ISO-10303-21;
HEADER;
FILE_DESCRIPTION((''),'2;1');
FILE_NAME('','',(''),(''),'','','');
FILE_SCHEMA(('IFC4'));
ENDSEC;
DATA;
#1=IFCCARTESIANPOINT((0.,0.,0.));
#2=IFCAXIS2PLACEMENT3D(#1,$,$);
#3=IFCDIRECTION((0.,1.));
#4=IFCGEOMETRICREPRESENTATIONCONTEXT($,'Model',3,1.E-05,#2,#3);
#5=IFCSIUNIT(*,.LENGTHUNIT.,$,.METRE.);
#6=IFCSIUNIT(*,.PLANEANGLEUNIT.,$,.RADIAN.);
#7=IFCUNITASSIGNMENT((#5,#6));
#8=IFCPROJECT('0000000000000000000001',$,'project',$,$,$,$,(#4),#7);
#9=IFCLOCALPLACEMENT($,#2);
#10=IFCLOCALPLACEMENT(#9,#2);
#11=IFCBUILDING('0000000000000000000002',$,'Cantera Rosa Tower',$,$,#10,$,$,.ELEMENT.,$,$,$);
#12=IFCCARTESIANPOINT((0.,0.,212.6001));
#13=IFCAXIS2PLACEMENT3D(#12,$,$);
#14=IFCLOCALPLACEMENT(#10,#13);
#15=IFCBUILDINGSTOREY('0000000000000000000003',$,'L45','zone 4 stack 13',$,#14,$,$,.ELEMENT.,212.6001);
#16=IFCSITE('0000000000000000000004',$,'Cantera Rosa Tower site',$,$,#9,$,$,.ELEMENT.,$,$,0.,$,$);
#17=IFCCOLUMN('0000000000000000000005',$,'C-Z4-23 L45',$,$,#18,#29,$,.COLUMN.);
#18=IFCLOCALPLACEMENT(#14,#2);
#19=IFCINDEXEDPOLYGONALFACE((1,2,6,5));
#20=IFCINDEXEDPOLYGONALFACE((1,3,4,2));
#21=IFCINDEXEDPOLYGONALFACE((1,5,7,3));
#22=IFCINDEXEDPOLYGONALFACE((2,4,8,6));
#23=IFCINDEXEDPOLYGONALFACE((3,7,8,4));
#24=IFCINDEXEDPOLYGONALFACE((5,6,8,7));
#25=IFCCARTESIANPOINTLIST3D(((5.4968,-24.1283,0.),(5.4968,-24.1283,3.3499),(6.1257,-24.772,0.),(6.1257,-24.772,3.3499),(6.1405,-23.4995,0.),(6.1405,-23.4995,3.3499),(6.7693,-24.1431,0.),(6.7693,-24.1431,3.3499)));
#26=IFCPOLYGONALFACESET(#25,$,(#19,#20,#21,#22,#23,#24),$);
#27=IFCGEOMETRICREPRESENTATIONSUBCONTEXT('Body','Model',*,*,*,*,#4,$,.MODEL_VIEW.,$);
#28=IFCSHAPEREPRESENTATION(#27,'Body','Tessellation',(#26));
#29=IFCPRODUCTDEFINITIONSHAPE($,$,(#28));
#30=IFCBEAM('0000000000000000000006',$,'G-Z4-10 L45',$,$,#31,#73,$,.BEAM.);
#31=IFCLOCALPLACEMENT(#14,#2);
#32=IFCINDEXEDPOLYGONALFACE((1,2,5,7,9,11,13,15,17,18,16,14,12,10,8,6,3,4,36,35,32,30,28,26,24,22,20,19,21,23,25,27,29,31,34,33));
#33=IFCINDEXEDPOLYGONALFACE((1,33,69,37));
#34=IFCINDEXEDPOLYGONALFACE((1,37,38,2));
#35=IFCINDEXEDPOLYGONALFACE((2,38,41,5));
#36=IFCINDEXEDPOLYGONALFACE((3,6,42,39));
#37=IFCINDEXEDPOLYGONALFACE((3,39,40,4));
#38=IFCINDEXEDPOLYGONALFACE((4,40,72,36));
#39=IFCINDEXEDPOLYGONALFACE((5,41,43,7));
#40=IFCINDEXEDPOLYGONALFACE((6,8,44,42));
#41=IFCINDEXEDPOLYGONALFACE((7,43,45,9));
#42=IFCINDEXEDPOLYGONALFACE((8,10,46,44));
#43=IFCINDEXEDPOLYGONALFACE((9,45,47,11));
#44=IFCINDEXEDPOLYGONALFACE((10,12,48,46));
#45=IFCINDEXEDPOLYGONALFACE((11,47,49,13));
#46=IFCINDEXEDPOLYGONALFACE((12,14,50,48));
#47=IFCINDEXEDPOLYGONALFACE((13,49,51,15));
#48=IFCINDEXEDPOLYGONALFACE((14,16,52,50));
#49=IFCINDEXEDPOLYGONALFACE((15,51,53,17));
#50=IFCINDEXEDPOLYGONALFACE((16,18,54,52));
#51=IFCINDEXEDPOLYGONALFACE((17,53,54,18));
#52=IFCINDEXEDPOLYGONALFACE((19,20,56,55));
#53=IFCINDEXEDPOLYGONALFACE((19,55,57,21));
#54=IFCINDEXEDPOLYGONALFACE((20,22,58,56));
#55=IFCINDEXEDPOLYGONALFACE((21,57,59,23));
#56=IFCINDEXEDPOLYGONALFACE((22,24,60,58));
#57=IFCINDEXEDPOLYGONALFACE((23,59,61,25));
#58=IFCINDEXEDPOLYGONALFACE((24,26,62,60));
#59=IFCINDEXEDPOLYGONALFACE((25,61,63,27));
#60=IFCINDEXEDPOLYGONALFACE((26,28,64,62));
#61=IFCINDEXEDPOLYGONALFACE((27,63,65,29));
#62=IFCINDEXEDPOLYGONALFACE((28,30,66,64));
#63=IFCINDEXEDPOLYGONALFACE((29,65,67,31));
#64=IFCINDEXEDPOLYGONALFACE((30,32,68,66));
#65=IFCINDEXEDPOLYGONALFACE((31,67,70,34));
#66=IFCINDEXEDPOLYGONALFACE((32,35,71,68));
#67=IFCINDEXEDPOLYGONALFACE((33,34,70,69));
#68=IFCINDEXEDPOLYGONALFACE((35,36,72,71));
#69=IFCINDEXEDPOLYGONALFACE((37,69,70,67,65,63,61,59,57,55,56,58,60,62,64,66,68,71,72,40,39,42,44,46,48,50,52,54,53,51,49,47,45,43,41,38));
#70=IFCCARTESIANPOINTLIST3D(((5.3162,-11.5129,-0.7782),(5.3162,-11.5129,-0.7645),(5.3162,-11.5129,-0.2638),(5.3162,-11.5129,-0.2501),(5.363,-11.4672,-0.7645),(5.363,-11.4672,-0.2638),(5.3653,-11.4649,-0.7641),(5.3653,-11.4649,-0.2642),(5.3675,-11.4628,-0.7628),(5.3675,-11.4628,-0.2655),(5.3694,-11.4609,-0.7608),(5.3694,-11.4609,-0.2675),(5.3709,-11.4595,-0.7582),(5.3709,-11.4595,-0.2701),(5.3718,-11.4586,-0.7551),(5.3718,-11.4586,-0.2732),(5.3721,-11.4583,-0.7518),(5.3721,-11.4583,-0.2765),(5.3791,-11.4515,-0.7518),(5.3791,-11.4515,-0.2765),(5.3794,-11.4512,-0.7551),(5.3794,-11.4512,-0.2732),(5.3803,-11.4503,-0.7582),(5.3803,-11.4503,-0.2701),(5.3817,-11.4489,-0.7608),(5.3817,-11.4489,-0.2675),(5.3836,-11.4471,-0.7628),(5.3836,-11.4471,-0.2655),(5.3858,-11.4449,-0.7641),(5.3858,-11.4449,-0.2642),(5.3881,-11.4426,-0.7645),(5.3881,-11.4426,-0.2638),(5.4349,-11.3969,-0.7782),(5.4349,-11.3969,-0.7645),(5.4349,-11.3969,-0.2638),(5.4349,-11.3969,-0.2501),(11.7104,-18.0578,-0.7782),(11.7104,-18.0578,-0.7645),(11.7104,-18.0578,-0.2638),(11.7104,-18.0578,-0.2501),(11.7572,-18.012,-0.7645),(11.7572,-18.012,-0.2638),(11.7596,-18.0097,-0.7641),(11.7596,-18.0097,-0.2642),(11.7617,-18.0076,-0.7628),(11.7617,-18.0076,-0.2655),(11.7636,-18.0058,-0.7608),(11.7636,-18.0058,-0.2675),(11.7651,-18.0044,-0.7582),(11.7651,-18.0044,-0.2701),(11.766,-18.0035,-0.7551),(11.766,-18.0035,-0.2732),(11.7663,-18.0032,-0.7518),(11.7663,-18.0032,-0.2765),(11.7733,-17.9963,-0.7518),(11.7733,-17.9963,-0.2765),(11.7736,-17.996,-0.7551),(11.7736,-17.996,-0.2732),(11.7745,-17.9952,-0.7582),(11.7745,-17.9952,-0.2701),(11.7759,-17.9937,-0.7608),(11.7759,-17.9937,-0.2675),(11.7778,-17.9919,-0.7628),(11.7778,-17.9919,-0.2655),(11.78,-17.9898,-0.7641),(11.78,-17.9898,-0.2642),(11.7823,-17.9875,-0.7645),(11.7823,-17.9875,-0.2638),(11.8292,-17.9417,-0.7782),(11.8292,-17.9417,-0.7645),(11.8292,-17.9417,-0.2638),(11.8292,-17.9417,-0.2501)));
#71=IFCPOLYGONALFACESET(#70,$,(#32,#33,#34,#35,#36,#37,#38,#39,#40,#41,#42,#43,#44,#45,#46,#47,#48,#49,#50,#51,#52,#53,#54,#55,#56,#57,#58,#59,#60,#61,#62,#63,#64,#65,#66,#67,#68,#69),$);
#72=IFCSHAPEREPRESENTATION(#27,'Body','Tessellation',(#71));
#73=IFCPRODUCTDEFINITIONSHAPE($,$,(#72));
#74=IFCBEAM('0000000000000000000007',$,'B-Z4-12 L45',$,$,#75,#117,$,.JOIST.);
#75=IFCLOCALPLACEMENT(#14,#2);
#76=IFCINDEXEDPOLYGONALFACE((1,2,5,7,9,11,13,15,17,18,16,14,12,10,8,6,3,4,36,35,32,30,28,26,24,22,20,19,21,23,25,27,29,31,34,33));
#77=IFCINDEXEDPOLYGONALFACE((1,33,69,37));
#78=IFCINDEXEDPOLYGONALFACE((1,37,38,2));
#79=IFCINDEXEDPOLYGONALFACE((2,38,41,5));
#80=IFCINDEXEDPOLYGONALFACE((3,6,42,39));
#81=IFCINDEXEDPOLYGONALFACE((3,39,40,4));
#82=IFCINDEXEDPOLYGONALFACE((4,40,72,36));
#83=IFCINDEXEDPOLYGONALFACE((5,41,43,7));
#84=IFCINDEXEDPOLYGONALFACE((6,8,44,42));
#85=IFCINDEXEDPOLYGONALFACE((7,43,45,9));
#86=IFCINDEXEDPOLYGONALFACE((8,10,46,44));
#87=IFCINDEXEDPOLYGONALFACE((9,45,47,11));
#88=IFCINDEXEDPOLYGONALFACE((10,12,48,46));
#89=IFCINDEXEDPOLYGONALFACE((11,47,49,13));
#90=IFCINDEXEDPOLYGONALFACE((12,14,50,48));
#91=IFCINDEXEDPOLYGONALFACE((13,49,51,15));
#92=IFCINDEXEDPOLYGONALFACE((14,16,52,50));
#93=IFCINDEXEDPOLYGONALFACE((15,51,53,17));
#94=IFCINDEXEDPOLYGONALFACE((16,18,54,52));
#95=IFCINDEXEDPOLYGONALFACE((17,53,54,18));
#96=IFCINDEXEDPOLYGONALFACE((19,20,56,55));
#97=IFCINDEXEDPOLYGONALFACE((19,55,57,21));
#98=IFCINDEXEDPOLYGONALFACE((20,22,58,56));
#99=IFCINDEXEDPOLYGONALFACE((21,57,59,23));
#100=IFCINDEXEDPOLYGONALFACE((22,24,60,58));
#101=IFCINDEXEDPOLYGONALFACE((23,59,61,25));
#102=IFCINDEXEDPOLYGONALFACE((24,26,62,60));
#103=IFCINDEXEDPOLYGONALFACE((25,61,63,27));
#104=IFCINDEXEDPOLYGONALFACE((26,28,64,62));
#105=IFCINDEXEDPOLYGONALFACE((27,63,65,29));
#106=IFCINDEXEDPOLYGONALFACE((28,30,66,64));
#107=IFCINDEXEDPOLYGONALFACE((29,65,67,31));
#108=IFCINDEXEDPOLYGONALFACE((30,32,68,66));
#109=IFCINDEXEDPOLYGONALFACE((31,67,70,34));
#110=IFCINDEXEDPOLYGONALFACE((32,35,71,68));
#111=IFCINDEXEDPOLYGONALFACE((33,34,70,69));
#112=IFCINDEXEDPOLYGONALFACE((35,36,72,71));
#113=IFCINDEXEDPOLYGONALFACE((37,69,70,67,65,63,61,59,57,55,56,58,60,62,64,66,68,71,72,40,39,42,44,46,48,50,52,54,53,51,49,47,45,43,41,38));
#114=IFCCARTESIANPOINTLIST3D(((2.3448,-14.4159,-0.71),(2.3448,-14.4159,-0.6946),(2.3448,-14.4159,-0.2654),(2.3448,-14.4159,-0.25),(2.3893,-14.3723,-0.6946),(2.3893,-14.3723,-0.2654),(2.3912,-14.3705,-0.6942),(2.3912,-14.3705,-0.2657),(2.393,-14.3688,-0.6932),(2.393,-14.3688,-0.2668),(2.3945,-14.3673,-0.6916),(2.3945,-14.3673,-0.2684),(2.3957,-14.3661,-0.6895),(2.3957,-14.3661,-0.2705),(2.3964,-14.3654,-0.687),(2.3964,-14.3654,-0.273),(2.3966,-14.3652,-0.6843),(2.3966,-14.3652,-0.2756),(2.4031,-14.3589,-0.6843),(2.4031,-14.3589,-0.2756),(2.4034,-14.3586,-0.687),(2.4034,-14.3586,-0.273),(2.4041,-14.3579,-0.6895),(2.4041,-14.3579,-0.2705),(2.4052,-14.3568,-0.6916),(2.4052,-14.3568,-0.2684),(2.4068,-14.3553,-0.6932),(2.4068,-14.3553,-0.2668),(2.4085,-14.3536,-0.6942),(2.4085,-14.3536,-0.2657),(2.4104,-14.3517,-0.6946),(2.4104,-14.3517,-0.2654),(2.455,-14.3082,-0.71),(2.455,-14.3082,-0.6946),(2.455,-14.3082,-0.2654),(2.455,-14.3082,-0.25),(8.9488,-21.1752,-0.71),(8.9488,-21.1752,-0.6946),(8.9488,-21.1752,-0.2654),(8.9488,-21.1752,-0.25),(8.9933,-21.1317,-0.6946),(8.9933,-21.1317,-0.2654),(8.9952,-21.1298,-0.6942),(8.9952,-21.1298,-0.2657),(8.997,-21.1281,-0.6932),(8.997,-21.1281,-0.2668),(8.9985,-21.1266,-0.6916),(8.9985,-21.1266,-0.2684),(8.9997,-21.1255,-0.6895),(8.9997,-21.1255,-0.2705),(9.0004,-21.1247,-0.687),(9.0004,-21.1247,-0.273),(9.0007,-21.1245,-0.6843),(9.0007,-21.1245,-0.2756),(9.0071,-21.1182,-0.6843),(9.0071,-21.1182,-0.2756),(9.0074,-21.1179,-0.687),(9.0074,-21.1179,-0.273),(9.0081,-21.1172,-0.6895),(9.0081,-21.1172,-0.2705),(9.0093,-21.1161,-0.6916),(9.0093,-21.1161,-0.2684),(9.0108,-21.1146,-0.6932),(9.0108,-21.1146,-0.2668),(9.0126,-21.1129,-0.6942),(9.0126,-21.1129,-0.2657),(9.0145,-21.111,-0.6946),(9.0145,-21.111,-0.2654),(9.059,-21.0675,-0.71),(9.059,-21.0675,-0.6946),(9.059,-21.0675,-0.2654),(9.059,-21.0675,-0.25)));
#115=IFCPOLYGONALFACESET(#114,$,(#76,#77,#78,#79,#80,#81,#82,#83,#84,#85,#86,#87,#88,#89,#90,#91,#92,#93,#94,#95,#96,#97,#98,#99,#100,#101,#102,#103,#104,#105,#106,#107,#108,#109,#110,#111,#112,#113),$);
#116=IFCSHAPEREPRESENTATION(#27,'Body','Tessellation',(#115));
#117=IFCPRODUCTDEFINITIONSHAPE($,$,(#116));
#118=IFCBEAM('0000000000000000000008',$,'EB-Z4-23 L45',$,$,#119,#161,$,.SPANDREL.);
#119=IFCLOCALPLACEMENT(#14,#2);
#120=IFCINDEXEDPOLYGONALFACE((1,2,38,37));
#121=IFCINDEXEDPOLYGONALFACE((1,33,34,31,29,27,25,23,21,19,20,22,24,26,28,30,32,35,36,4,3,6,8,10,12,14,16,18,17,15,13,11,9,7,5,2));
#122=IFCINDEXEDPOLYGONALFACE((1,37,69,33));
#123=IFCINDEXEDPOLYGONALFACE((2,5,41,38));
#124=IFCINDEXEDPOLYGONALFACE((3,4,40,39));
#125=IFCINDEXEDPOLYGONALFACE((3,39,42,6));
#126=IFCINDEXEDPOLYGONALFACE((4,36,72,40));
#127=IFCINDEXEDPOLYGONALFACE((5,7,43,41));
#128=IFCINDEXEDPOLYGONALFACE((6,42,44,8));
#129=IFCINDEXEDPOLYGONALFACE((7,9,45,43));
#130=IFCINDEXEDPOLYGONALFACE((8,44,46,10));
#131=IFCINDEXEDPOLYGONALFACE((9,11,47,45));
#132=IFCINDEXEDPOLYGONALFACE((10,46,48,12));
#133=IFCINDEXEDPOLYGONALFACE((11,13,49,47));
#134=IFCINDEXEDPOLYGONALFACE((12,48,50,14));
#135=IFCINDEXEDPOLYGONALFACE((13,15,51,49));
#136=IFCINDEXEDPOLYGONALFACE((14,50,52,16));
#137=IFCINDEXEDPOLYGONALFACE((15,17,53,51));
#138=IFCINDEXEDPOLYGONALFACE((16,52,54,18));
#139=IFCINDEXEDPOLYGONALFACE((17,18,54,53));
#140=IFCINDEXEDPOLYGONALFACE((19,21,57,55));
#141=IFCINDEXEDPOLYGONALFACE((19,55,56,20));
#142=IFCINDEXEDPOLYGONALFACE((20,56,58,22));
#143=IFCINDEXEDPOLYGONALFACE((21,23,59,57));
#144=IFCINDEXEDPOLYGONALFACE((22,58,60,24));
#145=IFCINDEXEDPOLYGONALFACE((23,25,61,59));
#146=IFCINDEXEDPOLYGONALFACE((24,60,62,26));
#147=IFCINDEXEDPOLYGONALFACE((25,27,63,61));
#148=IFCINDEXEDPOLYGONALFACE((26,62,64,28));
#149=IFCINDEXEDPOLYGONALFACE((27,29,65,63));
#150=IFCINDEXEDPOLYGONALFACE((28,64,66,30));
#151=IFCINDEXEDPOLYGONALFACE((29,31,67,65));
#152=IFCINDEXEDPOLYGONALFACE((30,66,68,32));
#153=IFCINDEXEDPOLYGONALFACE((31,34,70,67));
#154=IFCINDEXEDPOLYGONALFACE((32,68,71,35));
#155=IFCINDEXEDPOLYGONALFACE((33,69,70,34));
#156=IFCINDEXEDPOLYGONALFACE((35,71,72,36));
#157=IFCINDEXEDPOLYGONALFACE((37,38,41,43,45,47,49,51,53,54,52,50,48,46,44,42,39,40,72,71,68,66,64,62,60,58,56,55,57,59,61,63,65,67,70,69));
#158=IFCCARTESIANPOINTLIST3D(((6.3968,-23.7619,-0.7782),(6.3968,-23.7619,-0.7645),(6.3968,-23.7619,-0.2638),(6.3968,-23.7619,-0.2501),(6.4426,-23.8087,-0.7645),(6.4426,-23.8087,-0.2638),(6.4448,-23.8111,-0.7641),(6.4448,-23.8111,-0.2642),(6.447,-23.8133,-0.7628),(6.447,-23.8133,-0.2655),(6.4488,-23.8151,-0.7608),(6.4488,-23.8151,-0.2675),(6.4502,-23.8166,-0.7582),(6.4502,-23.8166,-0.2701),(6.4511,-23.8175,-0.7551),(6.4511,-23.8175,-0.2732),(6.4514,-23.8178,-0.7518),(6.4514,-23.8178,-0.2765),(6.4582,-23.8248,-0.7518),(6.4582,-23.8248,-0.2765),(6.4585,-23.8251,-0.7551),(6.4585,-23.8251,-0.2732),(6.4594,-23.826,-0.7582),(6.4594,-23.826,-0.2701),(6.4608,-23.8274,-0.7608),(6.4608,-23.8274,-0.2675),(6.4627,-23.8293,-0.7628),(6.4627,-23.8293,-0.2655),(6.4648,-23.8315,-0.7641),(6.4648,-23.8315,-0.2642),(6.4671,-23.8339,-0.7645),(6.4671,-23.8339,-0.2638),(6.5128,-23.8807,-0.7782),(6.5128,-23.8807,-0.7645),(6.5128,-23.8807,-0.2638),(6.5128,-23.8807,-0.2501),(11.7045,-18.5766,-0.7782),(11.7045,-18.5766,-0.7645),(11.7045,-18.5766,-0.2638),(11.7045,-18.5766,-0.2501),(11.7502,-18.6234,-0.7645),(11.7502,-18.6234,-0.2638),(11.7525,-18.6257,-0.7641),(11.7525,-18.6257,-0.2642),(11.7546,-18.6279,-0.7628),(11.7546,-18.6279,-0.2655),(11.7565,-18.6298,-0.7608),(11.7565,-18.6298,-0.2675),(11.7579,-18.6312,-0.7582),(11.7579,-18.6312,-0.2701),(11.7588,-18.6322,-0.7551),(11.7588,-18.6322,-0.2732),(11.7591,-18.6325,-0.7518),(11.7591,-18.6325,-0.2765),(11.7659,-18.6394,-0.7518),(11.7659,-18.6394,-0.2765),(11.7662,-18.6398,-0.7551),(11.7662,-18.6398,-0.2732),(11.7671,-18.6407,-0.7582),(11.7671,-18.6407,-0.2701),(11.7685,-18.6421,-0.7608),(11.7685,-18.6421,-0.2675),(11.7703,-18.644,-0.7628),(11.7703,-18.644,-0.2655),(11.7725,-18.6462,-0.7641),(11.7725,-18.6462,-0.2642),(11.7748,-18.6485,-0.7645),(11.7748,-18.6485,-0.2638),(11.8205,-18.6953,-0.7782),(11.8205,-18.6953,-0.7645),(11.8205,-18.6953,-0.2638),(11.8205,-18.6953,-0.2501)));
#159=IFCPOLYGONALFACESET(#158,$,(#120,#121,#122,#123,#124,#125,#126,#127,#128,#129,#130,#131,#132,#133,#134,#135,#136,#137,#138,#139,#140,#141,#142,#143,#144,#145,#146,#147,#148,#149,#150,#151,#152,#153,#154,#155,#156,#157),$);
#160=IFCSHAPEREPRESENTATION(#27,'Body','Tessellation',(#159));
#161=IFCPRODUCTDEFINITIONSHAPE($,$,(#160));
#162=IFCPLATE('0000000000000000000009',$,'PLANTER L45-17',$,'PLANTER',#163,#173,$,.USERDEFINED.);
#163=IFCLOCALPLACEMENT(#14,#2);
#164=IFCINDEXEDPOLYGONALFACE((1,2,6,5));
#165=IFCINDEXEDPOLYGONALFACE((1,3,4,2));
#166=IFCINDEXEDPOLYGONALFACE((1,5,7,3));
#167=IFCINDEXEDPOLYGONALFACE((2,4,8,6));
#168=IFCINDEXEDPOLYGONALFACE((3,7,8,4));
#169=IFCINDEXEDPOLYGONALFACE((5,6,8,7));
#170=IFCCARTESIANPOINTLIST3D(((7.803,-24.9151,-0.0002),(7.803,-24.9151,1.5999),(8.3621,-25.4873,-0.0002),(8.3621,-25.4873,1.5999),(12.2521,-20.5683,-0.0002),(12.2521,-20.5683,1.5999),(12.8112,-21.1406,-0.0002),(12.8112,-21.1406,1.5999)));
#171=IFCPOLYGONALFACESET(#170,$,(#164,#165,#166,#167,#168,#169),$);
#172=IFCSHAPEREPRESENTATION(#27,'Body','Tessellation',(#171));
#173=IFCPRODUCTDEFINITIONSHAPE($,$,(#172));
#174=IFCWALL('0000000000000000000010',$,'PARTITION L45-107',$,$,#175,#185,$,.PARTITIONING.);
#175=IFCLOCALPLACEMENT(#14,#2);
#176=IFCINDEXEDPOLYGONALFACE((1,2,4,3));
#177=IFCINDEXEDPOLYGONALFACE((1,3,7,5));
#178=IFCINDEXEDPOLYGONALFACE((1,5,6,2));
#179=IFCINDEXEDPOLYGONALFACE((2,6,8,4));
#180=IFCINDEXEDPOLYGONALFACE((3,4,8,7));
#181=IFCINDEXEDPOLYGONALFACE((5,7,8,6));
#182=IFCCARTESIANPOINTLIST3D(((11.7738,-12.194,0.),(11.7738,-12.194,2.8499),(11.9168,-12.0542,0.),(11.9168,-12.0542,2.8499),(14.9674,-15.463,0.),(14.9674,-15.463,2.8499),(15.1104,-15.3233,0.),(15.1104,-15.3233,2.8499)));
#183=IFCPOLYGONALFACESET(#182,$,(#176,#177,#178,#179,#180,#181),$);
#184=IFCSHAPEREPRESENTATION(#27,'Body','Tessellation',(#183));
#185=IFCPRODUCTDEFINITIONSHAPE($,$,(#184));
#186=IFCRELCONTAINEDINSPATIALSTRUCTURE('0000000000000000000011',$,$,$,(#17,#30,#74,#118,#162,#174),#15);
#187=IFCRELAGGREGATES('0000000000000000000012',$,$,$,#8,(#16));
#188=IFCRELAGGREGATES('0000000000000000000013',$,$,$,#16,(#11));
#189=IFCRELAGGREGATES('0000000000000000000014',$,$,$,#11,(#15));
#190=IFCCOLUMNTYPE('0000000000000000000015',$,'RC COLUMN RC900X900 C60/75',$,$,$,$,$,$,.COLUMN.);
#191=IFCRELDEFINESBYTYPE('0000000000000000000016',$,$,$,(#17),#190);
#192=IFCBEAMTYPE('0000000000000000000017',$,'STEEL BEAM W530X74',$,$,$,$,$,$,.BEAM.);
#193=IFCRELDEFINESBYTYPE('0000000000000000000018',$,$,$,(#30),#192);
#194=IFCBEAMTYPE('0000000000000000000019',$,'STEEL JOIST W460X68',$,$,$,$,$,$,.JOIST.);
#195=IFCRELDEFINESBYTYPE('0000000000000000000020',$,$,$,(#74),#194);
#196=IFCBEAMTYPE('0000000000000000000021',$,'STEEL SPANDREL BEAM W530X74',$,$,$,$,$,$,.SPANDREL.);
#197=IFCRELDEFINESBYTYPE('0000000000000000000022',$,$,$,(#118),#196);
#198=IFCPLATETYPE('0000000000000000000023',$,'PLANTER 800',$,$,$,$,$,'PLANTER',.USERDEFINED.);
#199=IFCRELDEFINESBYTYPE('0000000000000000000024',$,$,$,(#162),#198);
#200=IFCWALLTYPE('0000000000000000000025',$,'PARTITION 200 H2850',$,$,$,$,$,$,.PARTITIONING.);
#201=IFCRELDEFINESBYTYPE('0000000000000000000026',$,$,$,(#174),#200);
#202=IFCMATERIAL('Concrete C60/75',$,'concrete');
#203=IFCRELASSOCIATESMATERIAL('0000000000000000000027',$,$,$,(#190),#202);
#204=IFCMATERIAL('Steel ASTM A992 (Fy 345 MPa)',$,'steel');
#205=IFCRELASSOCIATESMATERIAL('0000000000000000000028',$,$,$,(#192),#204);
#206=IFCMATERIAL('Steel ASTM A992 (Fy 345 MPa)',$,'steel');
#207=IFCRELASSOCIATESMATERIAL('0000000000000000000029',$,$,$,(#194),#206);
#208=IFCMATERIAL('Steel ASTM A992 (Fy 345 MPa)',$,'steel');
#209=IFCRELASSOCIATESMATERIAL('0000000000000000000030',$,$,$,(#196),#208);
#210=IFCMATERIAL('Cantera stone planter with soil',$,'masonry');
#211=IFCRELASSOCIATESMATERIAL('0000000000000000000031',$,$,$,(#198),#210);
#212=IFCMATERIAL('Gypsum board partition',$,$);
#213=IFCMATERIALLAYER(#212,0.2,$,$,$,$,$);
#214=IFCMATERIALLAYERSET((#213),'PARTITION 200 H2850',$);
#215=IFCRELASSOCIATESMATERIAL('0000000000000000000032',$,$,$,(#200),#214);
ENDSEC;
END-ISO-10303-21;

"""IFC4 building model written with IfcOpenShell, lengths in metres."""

from ifc_helpers import new_model, si_unit, direction, frame, frame_2d, origin, origin_2d, place, context, subcontext, project, spatial, rectangle, i_section, extrude, material, layer, layer_set, material_profile, profile_set, type_object, element, save


model = new_model("IFC4")

# Units and contexts
model_context = context("Model", 3, precision=1e-05, world=origin(), true_north=direction((0.0, 1.0)))
body_context = subcontext(model_context, "Body", "Model", "MODEL_VIEW")
ifc_project = project(units=[si_unit("LENGTHUNIT", "METRE"), si_unit("PLANEANGLEUNIT", "RADIAN")], contexts=[model_context])

# Site, building, storey
site_placement = place(None, origin())
site = spatial("IfcSite", under=ifc_project, at=site_placement, Name="Cantera Rosa Tower site", CompositionType="ELEMENT", RefElevation=0.0)
building_placement = place(site_placement, origin())
building = spatial("IfcBuilding", under=site, at=building_placement, Name="Cantera Rosa Tower", CompositionType="ELEMENT")
storey_placement = place(building_placement, frame((0.0, 0.0, 212.6001)))
storey = spatial("IfcBuildingStorey", under=building, at=storey_placement, Name="L45", Description="zone 4 stack 13", CompositionType="ELEMENT", Elevation=212.6001)

# Column
ifc_material_1 = material(Name="Concrete C60/75", Category="concrete")
ifc_material_profile_1 = material_profile(ifc_material_1, rectangle(XDim=0.8999, YDim=0.8999, at=origin_2d()), Name="RC COLUMN RC900X900 C60/75")
ifc_profile_set_1 = profile_set([ifc_material_profile_1], Name="Concrete C60/75")
column_type = type_object("IfcColumnType", Name="RC COLUMN RC900X900 C60/75", PredefinedType="COLUMN", material=ifc_profile_set_1)
column_placement = place(storey_placement, frame((6.1331, -24.1357, 0.0), z_axis=(0.0, 0.0, 1.0), x_axis=(0.715286, 0.698832, 0.0)))
element("IfcColumn", 1, at=column_placement, inside=storey, type_object=column_type, Name="C-Z4-23 L45", PredefinedType="COLUMN", context=body_context, shape_type="SweptSolid", body=[
    extrude(rectangle(XDim=0.8999, YDim=0.8999, at=origin_2d()), origin(), (0.0, 0.0, 1.0), 3.3499),
])

# Beams
ifc_material_2 = material(Name="Steel ASTM A992 (Fy 345 MPa)", Category="steel")
ifc_material_profile_2 = material_profile(ifc_material_2, i_section(OverallWidth=0.166, OverallDepth=0.5281, WebThickness=0.0098, FlangeThickness=0.0137, FilletRadius=0.0127, at=origin_2d()), Name="W530X74")
ifc_profile_set_2 = profile_set([ifc_material_profile_2], Name="Steel ASTM A992 (Fy 345 MPa)")
beam_type_1 = type_object("IfcBeamType", Name="STEEL BEAM W530X74", PredefinedType="BEAM", material=ifc_profile_set_2)
beam_1_placement = place(storey_placement, frame((11.7698, -17.9998, -0.5142), z_axis=(-0.698827, 0.71529, 0.0), x_axis=(-0.71529, -0.698827, 0.0)))
element("IfcBeam", 2, at=beam_1_placement, inside=storey, type_object=beam_type_1, Name="G-Z4-10 L45", PredefinedType="BEAM", context=body_context, shape_type="SweptSolid", body=[
    extrude(i_section(OverallWidth=0.166, OverallDepth=0.5281, WebThickness=0.0098, FlangeThickness=0.0137, FilletRadius=0.0127, at=origin_2d()), origin(), (0.0, 0.0, 1.0), 9.1499),
])
ifc_material_3 = material(Name="Steel ASTM A992 (Fy 345 MPa)", Category="steel")
ifc_material_profile_3 = material_profile(ifc_material_3, i_section(OverallWidth=0.1541, OverallDepth=0.46, WebThickness=0.009, FlangeThickness=0.0154, FilletRadius=0.0103, at=origin_2d()), Name="W460X68")
ifc_profile_set_3 = profile_set([ifc_material_profile_3], Name="Steel ASTM A992 (Fy 345 MPa)")
beam_type_2 = type_object("IfcBeamType", Name="STEEL JOIST W460X68", PredefinedType="JOIST", material=ifc_profile_set_3)
beam_2_placement = place(storey_placement, frame((9.0039, -21.1213, -0.48), z_axis=(-0.698843, 0.715275, 0.0), x_axis=(-0.715275, -0.698843, 0.0)))
element("IfcBeam", 3, at=beam_2_placement, inside=storey, type_object=beam_type_2, Name="B-Z4-12 L45", PredefinedType="JOIST", context=body_context, shape_type="SweptSolid", body=[
    extrude(i_section(OverallWidth=0.1541, OverallDepth=0.46, WebThickness=0.009, FlangeThickness=0.0154, FilletRadius=0.0103, at=origin_2d()), origin(), (0.0, 0.0, 1.0), 9.45),
])
ifc_material_4 = material(Name="Steel ASTM A992 (Fy 345 MPa)", Category="steel")
ifc_material_profile_4 = material_profile(ifc_material_4, i_section(OverallWidth=0.166, OverallDepth=0.5281, WebThickness=0.0098, FlangeThickness=0.0137, FilletRadius=0.0127, at=origin_2d()), Name="W530X74")
ifc_profile_set_4 = profile_set([ifc_material_profile_4], Name="Steel ASTM A992 (Fy 345 MPa)")
beam_type_3 = type_object("IfcBeamType", Name="STEEL SPANDREL BEAM W530X74", PredefinedType="SPANDREL", material=ifc_profile_set_4)
beam_3_placement = place(storey_placement, frame((6.4548, -23.8213, -0.5142), z_axis=(0.715301, 0.698817, 0.0), x_axis=(-0.698817, 0.715301, 0.0)))
element("IfcBeam", 4, at=beam_3_placement, inside=storey, type_object=beam_type_3, Name="EB-Z4-23 L45", PredefinedType="SPANDREL", context=body_context, shape_type="SweptSolid", body=[
    extrude(i_section(OverallWidth=0.166, OverallDepth=0.5281, WebThickness=0.0098, FlangeThickness=0.0137, FilletRadius=0.0127, at=origin_2d()), origin(), (0.0, 0.0, 1.0), 7.4202),
])

# Plate
ifc_material_5 = material(Name="Cantera stone planter with soil", Category="masonry")
plate_type = type_object("IfcPlateType", Name="PLANTER 800", ElementType="PLANTER", PredefinedType="USERDEFINED", material=ifc_material_5)
plate_placement = place(storey_placement, frame((10.3071, -23.0278, -0.0002), z_axis=(0.0, 0.0, 1.0), x_axis=(0.715286, 0.698832, 0.0)))
element("IfcPlate", 5, at=plate_placement, inside=storey, type_object=plate_type, Name="PLANTER L45-17", ObjectType="PLANTER", PredefinedType="USERDEFINED", context=body_context, shape_type="SweptSolid", body=[
    extrude(rectangle(XDim=6.22, YDim=0.8, at=origin_2d()), origin(), (0.0, 0.0, 1.0), 1.6001),
])

# Wall
ifc_material_6 = material(Name="Gypsum board partition")
ifc_layer_1 = layer(ifc_material_6, 0.2)
ifc_layer_set_1 = layer_set([ifc_layer_1], Name="PARTITION 200 H2850")
wall_type_1 = type_object("IfcWallType", Name="PARTITION 200 H2850", PredefinedType="PARTITIONING", material=ifc_layer_set_1)
wall_1_placement = place(storey_placement, frame((11.8452, -12.124, 0.0), z_axis=(0.0, 0.0, 1.0), x_axis=(0.698805, -0.715312, 0.0)))
element("IfcWall", 6, at=wall_1_placement, inside=storey, type_object=wall_type_1, Name="PARTITION L45-107", PredefinedType="PARTITIONING", context=body_context, shape_type="SweptSolid", body=[
    extrude(rectangle(XDim=4.5701, YDim=0.2, at=frame_2d((2.2852, 0.0))), origin(), (0.0, 0.0, 1.0), 2.8499),
])

save(model, "model.ifc")
